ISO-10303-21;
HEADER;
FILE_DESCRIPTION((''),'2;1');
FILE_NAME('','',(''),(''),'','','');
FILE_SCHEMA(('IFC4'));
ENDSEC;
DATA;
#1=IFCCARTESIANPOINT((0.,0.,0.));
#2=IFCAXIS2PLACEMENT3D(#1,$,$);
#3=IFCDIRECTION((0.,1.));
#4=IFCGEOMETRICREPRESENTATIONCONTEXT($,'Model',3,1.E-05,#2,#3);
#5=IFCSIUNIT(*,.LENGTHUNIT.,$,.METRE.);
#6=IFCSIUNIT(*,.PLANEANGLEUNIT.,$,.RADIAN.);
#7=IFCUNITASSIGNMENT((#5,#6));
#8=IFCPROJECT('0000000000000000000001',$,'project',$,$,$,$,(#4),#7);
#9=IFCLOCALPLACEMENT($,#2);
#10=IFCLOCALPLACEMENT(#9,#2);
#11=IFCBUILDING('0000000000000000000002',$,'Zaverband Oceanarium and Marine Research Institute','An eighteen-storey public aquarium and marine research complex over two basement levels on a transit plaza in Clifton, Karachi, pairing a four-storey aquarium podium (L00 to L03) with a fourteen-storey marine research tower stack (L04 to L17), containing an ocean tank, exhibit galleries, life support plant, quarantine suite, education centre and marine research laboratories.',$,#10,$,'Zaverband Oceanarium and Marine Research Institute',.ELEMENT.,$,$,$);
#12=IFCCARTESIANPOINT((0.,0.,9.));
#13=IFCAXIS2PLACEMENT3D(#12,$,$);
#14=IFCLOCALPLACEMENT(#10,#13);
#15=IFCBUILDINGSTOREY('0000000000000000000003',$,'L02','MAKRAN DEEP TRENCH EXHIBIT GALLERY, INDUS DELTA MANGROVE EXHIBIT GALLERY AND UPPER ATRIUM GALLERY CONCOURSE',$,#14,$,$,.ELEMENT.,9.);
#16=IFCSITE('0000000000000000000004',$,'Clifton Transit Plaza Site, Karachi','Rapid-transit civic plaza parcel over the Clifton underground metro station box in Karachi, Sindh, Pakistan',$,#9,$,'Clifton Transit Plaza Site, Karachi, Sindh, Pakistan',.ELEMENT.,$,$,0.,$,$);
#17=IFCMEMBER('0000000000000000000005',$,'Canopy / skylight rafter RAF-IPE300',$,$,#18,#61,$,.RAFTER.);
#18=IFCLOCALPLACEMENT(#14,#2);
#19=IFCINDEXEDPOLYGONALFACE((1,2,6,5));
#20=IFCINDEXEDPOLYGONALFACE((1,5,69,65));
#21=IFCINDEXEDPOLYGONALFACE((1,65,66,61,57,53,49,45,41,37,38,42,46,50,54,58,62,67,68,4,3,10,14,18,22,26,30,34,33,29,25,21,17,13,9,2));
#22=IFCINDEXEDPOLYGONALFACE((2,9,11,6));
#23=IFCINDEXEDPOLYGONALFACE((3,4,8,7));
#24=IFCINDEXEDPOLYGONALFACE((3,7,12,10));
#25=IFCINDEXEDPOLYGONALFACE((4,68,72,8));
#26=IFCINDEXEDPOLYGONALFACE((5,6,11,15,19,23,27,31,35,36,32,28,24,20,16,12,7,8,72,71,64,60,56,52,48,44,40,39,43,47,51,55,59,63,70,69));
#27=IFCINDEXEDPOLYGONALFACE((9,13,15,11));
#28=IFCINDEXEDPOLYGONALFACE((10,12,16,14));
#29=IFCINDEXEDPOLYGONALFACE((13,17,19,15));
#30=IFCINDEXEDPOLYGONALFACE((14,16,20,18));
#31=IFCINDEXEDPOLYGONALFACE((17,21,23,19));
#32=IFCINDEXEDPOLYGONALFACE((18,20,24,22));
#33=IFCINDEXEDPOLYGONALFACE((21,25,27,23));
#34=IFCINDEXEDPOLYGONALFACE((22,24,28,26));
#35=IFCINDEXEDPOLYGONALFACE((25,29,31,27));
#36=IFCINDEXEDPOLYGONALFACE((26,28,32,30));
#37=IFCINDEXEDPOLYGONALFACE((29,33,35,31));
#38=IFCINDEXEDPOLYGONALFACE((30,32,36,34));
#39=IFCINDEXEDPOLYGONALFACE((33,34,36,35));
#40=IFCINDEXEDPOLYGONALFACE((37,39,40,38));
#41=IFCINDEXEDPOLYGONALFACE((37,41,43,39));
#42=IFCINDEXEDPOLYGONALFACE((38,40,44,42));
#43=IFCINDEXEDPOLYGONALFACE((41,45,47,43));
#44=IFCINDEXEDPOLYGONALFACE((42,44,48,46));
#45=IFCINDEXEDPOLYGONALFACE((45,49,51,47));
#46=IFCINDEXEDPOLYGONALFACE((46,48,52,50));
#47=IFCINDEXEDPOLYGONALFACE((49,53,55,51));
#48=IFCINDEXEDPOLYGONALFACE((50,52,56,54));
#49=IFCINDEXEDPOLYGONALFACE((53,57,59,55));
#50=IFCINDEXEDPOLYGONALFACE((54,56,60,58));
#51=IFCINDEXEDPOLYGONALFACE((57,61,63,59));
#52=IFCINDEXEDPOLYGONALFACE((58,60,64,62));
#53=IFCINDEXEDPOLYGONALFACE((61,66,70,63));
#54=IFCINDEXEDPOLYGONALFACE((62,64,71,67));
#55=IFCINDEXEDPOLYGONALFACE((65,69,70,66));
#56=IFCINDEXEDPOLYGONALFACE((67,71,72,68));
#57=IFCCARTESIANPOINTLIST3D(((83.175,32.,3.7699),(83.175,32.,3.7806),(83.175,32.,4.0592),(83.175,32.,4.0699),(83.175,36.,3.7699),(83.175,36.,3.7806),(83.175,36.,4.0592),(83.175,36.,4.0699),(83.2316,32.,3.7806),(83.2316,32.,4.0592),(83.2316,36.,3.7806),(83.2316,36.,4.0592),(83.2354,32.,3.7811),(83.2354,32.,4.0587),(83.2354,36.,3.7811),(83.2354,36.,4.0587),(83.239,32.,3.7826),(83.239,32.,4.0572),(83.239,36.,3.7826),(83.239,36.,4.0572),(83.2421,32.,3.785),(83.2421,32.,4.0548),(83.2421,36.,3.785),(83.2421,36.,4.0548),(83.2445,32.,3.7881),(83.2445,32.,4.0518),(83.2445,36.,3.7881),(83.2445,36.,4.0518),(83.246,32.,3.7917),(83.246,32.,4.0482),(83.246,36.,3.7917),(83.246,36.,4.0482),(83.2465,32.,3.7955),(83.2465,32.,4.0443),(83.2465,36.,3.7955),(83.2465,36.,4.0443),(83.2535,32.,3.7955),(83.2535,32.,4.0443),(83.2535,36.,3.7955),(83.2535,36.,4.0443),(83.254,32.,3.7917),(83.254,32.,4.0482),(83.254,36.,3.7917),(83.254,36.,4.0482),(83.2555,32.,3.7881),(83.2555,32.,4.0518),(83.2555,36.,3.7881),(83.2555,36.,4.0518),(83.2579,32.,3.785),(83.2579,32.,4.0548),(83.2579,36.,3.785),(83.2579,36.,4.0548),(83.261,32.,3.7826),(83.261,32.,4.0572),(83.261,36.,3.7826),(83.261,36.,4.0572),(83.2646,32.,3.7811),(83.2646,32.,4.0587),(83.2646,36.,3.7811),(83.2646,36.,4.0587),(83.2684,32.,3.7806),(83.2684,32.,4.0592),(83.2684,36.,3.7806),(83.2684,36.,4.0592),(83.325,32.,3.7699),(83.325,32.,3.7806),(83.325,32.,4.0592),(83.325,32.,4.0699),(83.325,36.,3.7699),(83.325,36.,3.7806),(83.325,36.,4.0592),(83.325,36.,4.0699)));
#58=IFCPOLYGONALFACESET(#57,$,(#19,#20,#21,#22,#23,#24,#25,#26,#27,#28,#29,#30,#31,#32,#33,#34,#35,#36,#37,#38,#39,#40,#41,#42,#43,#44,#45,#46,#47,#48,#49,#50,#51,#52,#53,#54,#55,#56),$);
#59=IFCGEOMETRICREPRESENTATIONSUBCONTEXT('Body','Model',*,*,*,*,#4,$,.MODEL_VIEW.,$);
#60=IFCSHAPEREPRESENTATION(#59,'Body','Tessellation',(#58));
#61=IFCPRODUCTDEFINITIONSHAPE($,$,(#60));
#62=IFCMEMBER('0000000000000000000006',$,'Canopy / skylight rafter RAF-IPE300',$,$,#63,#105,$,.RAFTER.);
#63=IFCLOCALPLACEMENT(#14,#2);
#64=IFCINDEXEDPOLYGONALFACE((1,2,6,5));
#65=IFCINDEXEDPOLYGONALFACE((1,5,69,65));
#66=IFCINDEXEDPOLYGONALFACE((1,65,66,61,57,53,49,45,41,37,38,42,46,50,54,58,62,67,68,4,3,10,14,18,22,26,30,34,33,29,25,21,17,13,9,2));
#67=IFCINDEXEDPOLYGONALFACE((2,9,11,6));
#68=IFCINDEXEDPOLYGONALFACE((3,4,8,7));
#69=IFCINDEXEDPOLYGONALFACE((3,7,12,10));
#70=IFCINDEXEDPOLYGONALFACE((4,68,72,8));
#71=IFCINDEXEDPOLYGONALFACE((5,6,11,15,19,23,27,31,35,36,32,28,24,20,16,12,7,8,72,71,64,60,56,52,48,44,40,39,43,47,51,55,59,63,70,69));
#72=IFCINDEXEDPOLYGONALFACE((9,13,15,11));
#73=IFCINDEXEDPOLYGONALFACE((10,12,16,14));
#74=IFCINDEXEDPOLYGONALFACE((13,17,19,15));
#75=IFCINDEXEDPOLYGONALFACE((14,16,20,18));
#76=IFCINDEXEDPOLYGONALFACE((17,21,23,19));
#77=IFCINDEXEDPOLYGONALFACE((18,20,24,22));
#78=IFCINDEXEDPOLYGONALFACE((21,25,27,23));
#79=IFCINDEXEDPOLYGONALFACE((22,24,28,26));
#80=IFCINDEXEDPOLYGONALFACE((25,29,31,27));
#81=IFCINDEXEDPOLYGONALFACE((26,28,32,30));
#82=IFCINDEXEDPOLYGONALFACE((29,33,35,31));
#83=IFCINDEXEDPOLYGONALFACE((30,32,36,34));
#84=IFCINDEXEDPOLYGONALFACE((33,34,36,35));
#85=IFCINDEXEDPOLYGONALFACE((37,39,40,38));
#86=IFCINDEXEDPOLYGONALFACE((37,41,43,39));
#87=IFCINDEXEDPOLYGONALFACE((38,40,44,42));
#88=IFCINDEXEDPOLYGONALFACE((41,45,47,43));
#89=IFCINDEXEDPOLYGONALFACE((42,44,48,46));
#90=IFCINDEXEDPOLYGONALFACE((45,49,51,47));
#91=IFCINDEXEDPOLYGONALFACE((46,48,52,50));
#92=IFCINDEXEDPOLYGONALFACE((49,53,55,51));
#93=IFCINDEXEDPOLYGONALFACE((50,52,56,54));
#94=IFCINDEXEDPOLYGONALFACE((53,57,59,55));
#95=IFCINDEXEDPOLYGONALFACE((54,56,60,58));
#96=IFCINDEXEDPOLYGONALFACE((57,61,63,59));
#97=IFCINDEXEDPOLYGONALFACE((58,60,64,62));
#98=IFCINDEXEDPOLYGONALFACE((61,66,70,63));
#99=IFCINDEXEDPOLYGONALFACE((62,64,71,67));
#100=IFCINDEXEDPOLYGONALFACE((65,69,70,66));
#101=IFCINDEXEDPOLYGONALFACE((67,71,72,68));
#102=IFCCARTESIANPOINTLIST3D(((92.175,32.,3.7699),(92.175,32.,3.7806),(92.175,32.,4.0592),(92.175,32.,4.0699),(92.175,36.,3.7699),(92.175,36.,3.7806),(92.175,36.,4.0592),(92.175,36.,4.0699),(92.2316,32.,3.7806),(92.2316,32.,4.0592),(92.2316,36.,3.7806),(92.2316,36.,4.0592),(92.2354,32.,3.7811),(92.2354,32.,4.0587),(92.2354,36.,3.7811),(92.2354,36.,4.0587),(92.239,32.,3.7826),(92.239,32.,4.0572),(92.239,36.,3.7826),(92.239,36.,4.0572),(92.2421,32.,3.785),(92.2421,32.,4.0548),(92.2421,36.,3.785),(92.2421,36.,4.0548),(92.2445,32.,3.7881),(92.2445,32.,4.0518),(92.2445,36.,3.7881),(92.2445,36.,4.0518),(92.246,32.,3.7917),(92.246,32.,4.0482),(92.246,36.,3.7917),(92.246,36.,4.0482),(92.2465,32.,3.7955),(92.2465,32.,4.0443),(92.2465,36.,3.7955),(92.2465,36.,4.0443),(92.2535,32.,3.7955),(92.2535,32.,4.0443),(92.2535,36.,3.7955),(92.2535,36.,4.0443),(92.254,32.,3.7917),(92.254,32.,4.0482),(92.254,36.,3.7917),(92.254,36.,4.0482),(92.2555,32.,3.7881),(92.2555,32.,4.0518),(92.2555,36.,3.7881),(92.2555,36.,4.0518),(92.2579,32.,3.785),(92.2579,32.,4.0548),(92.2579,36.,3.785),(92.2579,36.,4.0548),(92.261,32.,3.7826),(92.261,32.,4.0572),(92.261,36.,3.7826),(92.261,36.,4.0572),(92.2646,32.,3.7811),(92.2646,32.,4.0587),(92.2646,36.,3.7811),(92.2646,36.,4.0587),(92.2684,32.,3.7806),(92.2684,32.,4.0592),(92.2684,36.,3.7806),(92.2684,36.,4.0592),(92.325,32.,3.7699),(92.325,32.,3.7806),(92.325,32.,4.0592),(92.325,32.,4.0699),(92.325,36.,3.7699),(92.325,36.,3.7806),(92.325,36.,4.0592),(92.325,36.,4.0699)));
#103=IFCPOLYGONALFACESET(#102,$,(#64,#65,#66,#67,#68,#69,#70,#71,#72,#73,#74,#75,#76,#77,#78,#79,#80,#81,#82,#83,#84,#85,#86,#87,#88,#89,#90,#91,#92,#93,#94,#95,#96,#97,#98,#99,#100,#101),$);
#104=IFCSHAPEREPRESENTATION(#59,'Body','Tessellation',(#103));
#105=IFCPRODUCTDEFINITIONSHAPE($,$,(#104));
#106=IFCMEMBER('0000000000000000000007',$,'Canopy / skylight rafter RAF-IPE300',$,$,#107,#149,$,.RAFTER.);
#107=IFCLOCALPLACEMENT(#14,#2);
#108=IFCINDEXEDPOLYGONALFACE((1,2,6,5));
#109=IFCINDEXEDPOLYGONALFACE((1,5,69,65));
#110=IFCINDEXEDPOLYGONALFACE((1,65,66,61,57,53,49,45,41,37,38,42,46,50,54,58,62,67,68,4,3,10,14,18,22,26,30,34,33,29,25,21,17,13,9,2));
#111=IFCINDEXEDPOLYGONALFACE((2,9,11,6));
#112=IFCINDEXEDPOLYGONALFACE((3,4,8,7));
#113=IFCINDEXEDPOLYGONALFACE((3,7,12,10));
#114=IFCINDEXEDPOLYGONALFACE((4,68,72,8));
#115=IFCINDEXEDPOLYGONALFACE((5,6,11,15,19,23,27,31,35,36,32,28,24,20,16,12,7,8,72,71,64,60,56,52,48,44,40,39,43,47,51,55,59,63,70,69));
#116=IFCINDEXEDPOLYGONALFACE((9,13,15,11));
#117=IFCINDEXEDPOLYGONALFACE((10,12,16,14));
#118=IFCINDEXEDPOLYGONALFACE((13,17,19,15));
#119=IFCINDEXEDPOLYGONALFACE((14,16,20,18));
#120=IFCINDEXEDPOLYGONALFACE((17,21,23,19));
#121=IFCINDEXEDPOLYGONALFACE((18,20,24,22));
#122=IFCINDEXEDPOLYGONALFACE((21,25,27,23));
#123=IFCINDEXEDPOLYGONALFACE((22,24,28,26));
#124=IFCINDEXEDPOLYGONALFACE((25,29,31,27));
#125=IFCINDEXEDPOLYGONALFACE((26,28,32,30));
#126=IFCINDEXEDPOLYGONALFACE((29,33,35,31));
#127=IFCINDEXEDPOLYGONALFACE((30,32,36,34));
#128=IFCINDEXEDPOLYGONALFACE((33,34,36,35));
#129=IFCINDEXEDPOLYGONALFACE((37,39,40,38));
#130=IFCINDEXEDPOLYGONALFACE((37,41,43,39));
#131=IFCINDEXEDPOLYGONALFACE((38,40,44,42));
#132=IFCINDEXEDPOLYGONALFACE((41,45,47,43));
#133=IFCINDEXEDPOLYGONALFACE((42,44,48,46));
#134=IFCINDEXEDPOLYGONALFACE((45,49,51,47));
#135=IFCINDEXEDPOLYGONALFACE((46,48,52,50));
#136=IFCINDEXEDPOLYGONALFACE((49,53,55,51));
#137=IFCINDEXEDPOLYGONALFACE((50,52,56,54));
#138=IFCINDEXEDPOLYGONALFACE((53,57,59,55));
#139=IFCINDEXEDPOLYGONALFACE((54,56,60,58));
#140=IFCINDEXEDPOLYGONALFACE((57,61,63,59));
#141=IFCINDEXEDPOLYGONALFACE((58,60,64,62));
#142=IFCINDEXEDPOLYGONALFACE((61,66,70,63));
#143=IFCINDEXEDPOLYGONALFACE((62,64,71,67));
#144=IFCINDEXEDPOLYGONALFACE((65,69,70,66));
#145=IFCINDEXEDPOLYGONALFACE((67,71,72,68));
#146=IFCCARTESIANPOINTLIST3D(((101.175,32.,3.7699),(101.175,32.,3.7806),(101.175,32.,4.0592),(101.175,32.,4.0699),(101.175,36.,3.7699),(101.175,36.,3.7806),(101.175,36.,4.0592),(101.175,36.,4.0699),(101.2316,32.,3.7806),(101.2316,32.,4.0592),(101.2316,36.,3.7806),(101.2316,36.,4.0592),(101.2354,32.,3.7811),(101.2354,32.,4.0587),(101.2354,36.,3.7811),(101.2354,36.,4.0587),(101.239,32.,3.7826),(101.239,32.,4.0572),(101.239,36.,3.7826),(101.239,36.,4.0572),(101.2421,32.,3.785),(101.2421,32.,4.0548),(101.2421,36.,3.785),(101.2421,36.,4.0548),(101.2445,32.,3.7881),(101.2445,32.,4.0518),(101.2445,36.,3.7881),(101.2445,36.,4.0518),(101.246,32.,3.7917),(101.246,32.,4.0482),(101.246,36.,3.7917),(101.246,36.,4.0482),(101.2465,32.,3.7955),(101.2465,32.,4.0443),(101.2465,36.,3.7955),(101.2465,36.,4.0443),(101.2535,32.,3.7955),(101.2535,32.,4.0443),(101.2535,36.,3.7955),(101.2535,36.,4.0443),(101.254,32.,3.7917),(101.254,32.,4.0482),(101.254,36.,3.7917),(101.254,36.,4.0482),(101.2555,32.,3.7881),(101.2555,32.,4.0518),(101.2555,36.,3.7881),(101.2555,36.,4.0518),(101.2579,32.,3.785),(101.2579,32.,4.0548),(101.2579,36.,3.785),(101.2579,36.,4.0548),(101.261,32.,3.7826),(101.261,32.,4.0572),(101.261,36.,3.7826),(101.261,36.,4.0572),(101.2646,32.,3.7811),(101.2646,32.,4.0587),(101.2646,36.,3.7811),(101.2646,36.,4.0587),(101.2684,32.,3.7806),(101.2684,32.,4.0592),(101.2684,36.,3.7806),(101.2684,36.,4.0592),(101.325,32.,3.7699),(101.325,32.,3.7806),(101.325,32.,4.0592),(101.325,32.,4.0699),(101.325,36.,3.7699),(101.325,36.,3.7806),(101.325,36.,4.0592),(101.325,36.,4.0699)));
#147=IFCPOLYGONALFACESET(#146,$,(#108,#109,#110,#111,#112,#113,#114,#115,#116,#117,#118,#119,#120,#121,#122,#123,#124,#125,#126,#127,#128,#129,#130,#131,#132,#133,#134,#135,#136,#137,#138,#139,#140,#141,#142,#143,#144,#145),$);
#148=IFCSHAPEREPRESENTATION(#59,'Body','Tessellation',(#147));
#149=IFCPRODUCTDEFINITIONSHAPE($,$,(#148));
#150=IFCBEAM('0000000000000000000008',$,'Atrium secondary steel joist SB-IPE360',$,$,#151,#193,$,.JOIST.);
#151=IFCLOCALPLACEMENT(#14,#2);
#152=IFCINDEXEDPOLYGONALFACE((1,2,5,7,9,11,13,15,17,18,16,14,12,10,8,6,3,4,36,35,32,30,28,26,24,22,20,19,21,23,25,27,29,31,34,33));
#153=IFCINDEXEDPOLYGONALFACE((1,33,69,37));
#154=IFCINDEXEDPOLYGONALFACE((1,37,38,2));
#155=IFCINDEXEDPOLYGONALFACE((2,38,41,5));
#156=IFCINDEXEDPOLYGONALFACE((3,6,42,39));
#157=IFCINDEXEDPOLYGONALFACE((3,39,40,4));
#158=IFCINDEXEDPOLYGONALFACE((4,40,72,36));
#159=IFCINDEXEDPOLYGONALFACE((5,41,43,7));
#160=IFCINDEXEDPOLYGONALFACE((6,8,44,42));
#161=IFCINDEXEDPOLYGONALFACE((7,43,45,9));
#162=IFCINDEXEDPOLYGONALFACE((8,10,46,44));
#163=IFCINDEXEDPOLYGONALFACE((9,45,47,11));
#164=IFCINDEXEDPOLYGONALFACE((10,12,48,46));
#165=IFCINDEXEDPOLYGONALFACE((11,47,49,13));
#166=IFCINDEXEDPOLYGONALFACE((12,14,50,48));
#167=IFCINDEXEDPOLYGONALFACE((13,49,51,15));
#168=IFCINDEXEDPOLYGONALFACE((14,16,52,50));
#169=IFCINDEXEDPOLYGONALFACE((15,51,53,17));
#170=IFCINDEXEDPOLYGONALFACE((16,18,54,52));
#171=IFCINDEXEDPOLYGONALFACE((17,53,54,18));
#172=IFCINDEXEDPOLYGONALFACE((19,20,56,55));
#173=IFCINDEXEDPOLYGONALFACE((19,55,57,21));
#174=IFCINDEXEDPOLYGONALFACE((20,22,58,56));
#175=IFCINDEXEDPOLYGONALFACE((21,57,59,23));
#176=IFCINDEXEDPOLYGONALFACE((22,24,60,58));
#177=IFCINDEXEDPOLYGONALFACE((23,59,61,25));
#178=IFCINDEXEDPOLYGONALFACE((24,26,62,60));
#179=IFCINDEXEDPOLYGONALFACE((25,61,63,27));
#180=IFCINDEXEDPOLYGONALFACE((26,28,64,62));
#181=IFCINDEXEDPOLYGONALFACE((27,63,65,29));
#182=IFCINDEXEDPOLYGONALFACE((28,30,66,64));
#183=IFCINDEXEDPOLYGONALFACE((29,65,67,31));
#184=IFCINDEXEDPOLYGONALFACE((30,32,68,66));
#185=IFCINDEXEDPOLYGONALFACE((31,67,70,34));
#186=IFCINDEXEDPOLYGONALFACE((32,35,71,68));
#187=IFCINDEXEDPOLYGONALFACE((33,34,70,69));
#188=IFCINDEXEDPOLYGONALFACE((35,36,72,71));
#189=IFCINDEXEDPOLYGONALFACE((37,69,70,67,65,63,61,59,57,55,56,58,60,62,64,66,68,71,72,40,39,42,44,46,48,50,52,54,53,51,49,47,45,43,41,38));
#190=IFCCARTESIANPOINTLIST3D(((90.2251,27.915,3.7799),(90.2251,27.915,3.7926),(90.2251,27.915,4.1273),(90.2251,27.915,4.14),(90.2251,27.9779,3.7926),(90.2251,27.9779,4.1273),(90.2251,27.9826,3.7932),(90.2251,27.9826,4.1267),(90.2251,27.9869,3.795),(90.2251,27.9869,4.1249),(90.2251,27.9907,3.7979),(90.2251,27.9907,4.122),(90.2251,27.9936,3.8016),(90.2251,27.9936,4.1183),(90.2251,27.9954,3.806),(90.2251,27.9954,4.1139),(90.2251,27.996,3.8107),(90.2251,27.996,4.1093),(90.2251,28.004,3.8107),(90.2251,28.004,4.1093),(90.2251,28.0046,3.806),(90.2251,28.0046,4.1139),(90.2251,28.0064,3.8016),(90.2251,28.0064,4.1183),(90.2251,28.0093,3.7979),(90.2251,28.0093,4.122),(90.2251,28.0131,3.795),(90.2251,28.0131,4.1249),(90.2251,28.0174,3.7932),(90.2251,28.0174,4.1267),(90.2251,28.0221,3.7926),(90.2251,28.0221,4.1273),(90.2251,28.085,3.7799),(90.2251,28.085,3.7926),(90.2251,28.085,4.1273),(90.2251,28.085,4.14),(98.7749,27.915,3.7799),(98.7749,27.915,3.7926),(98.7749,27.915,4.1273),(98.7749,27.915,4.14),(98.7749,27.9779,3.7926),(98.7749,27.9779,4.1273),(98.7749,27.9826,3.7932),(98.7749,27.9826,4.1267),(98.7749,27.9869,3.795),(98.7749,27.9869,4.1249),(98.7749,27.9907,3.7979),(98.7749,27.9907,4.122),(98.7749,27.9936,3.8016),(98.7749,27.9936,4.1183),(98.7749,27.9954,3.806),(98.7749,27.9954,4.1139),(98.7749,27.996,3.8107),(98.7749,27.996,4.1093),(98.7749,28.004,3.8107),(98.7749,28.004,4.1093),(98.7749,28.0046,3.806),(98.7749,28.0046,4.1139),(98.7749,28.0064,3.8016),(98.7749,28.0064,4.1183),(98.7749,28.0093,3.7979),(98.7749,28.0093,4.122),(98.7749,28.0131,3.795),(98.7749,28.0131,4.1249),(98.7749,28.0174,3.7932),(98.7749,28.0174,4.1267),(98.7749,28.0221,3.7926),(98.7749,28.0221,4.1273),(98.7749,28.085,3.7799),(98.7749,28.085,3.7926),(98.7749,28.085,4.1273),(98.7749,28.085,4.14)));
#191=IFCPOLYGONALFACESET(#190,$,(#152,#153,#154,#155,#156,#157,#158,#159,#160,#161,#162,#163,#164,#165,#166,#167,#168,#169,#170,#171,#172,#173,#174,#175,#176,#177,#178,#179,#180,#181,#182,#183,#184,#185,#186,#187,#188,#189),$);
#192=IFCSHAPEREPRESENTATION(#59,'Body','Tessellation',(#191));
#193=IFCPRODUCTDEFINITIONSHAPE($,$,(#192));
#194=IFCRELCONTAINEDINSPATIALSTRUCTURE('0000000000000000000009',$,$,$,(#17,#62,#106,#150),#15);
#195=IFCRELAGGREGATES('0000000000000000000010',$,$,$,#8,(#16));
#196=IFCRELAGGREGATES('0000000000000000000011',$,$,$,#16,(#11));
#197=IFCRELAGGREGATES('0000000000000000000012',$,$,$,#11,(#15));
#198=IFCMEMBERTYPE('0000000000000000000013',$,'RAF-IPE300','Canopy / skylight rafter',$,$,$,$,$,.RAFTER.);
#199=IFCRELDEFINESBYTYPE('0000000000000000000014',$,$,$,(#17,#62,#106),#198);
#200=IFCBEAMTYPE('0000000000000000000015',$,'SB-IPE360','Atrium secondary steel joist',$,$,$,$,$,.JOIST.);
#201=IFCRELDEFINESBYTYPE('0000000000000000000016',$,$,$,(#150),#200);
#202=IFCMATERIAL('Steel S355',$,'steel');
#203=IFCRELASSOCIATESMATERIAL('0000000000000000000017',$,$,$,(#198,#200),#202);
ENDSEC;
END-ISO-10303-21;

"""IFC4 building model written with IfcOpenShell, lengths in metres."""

from ifc_helpers import new_model, si_unit, direction, frame, origin, origin_2d, place, context, subcontext, project, spatial, i_section, extrude, material, material_profile, profile_set, type_object, element, save


model = new_model("IFC4")

# Units and contexts
model_context = context("Model", 3, precision=1e-05, world=origin(), true_north=direction((0.0, 1.0)))
body_context = subcontext(model_context, "Body", "Model", "MODEL_VIEW")
ifc_project = project(units=[si_unit("LENGTHUNIT", "METRE"), si_unit("PLANEANGLEUNIT", "RADIAN")], contexts=[model_context])

# Site, building, storey
site_placement = place(None, origin())
site = spatial("IfcSite", under=ifc_project, at=site_placement, Name="Clifton Transit Plaza Site, Karachi", Description="Rapid-transit civic plaza parcel over the Clifton underground metro station box in Karachi, Sindh, Pakistan", LongName="Clifton Transit Plaza Site, Karachi, Sindh, Pakistan", CompositionType="ELEMENT", RefElevation=0.0)
building_placement = place(site_placement, origin())
building = spatial("IfcBuilding", under=site, at=building_placement, Name="Zaverband Oceanarium and Marine Research Institute", Description="An eighteen-storey public aquarium and marine research complex over two basement levels on a transit plaza in Clifton, Karachi, pairing a four-storey aquarium podium (L00 to L03) with a fourteen-storey marine research tower stack (L04 to L17), containing an ocean tank, exhibit galleries, life support plant, quarantine suite, education centre and marine research laboratories.", LongName="Zaverband Oceanarium and Marine Research Institute", CompositionType="ELEMENT")
storey_placement = place(building_placement, frame((0.0, 0.0, 9.0)))
storey = spatial("IfcBuildingStorey", under=building, at=storey_placement, Name="L02", Description="MAKRAN DEEP TRENCH EXHIBIT GALLERY, INDUS DELTA MANGROVE EXHIBIT GALLERY AND UPPER ATRIUM GALLERY CONCOURSE", CompositionType="ELEMENT", Elevation=9.0)

# Shared definitions
ifc_material_1 = material(Name="Steel S355", Category="steel")

# Members
ifc_material_profile_1 = material_profile(ifc_material_1, i_section(OverallWidth=0.1499, OverallDepth=0.3, WebThickness=0.0071, FlangeThickness=0.0107, FilletRadius=0.0149, at=origin_2d()), Name="IPE300")
ifc_profile_set_1 = profile_set([ifc_material_profile_1], Name="Steel S355")
member_type_1 = type_object("IfcMemberType", Name="RAF-IPE300", Description="Canopy / skylight rafter", PredefinedType="RAFTER", material=ifc_profile_set_1)
for number, where, z_axis, x_axis, name in (
    (1, (83.25, 32.0, 3.9199), (0.0, 1.0, 0.0), (-1.0, 0.0, 0.0), "Canopy / skylight rafter RAF-IPE300"),
    (2, (92.25, 32.0, 3.9199), (0.0, 1.0, 0.0), (-1.0, 0.0, 0.0), "Canopy / skylight rafter RAF-IPE300"),
    (3, (101.25, 32.0, 3.9199), (0.0, 1.0, 0.0), (-1.0, 0.0, 0.0), "Canopy / skylight rafter RAF-IPE300"),
):
    element("IfcMember", number, at=place(storey_placement, frame(where, z_axis=z_axis, x_axis=x_axis)), inside=storey, type_object=member_type_1, Name=name, PredefinedType="RAFTER", context=body_context, shape_type="SweptSolid", body=[
        extrude(i_section(OverallWidth=0.1499, OverallDepth=0.3, WebThickness=0.0071, FlangeThickness=0.0107, FilletRadius=0.0149, at=origin_2d()), origin(), (0.0, 0.0, 1.0), 4.0),
    ])

# Beam
ifc_material_profile_2 = material_profile(ifc_material_1, i_section(OverallWidth=0.1699, OverallDepth=0.3601, WebThickness=0.0081, FlangeThickness=0.0127, FilletRadius=0.0181, at=origin_2d()), Name="IPE360")
ifc_profile_set_2 = profile_set([ifc_material_profile_2], Name="Steel S355")
beam_type_1 = type_object("IfcBeamType", Name="SB-IPE360", Description="Atrium secondary steel joist", PredefinedType="JOIST", material=ifc_profile_set_2)
beam_1_placement = place(storey_placement, frame((90.2251, 28.0, 3.96), z_axis=(1.0, 0.0, 0.0), x_axis=(0.0, 1.0, 0.0)))
element("IfcBeam", 4, at=beam_1_placement, inside=storey, type_object=beam_type_1, Name="Atrium secondary steel joist SB-IPE360", PredefinedType="JOIST", context=body_context, shape_type="SweptSolid", body=[
    extrude(i_section(OverallWidth=0.1699, OverallDepth=0.3601, WebThickness=0.0081, FlangeThickness=0.0127, FilletRadius=0.0181, at=origin_2d()), origin(), (0.0, 0.0, 1.0), 8.5498),
])

save(model, "model.ifc")
